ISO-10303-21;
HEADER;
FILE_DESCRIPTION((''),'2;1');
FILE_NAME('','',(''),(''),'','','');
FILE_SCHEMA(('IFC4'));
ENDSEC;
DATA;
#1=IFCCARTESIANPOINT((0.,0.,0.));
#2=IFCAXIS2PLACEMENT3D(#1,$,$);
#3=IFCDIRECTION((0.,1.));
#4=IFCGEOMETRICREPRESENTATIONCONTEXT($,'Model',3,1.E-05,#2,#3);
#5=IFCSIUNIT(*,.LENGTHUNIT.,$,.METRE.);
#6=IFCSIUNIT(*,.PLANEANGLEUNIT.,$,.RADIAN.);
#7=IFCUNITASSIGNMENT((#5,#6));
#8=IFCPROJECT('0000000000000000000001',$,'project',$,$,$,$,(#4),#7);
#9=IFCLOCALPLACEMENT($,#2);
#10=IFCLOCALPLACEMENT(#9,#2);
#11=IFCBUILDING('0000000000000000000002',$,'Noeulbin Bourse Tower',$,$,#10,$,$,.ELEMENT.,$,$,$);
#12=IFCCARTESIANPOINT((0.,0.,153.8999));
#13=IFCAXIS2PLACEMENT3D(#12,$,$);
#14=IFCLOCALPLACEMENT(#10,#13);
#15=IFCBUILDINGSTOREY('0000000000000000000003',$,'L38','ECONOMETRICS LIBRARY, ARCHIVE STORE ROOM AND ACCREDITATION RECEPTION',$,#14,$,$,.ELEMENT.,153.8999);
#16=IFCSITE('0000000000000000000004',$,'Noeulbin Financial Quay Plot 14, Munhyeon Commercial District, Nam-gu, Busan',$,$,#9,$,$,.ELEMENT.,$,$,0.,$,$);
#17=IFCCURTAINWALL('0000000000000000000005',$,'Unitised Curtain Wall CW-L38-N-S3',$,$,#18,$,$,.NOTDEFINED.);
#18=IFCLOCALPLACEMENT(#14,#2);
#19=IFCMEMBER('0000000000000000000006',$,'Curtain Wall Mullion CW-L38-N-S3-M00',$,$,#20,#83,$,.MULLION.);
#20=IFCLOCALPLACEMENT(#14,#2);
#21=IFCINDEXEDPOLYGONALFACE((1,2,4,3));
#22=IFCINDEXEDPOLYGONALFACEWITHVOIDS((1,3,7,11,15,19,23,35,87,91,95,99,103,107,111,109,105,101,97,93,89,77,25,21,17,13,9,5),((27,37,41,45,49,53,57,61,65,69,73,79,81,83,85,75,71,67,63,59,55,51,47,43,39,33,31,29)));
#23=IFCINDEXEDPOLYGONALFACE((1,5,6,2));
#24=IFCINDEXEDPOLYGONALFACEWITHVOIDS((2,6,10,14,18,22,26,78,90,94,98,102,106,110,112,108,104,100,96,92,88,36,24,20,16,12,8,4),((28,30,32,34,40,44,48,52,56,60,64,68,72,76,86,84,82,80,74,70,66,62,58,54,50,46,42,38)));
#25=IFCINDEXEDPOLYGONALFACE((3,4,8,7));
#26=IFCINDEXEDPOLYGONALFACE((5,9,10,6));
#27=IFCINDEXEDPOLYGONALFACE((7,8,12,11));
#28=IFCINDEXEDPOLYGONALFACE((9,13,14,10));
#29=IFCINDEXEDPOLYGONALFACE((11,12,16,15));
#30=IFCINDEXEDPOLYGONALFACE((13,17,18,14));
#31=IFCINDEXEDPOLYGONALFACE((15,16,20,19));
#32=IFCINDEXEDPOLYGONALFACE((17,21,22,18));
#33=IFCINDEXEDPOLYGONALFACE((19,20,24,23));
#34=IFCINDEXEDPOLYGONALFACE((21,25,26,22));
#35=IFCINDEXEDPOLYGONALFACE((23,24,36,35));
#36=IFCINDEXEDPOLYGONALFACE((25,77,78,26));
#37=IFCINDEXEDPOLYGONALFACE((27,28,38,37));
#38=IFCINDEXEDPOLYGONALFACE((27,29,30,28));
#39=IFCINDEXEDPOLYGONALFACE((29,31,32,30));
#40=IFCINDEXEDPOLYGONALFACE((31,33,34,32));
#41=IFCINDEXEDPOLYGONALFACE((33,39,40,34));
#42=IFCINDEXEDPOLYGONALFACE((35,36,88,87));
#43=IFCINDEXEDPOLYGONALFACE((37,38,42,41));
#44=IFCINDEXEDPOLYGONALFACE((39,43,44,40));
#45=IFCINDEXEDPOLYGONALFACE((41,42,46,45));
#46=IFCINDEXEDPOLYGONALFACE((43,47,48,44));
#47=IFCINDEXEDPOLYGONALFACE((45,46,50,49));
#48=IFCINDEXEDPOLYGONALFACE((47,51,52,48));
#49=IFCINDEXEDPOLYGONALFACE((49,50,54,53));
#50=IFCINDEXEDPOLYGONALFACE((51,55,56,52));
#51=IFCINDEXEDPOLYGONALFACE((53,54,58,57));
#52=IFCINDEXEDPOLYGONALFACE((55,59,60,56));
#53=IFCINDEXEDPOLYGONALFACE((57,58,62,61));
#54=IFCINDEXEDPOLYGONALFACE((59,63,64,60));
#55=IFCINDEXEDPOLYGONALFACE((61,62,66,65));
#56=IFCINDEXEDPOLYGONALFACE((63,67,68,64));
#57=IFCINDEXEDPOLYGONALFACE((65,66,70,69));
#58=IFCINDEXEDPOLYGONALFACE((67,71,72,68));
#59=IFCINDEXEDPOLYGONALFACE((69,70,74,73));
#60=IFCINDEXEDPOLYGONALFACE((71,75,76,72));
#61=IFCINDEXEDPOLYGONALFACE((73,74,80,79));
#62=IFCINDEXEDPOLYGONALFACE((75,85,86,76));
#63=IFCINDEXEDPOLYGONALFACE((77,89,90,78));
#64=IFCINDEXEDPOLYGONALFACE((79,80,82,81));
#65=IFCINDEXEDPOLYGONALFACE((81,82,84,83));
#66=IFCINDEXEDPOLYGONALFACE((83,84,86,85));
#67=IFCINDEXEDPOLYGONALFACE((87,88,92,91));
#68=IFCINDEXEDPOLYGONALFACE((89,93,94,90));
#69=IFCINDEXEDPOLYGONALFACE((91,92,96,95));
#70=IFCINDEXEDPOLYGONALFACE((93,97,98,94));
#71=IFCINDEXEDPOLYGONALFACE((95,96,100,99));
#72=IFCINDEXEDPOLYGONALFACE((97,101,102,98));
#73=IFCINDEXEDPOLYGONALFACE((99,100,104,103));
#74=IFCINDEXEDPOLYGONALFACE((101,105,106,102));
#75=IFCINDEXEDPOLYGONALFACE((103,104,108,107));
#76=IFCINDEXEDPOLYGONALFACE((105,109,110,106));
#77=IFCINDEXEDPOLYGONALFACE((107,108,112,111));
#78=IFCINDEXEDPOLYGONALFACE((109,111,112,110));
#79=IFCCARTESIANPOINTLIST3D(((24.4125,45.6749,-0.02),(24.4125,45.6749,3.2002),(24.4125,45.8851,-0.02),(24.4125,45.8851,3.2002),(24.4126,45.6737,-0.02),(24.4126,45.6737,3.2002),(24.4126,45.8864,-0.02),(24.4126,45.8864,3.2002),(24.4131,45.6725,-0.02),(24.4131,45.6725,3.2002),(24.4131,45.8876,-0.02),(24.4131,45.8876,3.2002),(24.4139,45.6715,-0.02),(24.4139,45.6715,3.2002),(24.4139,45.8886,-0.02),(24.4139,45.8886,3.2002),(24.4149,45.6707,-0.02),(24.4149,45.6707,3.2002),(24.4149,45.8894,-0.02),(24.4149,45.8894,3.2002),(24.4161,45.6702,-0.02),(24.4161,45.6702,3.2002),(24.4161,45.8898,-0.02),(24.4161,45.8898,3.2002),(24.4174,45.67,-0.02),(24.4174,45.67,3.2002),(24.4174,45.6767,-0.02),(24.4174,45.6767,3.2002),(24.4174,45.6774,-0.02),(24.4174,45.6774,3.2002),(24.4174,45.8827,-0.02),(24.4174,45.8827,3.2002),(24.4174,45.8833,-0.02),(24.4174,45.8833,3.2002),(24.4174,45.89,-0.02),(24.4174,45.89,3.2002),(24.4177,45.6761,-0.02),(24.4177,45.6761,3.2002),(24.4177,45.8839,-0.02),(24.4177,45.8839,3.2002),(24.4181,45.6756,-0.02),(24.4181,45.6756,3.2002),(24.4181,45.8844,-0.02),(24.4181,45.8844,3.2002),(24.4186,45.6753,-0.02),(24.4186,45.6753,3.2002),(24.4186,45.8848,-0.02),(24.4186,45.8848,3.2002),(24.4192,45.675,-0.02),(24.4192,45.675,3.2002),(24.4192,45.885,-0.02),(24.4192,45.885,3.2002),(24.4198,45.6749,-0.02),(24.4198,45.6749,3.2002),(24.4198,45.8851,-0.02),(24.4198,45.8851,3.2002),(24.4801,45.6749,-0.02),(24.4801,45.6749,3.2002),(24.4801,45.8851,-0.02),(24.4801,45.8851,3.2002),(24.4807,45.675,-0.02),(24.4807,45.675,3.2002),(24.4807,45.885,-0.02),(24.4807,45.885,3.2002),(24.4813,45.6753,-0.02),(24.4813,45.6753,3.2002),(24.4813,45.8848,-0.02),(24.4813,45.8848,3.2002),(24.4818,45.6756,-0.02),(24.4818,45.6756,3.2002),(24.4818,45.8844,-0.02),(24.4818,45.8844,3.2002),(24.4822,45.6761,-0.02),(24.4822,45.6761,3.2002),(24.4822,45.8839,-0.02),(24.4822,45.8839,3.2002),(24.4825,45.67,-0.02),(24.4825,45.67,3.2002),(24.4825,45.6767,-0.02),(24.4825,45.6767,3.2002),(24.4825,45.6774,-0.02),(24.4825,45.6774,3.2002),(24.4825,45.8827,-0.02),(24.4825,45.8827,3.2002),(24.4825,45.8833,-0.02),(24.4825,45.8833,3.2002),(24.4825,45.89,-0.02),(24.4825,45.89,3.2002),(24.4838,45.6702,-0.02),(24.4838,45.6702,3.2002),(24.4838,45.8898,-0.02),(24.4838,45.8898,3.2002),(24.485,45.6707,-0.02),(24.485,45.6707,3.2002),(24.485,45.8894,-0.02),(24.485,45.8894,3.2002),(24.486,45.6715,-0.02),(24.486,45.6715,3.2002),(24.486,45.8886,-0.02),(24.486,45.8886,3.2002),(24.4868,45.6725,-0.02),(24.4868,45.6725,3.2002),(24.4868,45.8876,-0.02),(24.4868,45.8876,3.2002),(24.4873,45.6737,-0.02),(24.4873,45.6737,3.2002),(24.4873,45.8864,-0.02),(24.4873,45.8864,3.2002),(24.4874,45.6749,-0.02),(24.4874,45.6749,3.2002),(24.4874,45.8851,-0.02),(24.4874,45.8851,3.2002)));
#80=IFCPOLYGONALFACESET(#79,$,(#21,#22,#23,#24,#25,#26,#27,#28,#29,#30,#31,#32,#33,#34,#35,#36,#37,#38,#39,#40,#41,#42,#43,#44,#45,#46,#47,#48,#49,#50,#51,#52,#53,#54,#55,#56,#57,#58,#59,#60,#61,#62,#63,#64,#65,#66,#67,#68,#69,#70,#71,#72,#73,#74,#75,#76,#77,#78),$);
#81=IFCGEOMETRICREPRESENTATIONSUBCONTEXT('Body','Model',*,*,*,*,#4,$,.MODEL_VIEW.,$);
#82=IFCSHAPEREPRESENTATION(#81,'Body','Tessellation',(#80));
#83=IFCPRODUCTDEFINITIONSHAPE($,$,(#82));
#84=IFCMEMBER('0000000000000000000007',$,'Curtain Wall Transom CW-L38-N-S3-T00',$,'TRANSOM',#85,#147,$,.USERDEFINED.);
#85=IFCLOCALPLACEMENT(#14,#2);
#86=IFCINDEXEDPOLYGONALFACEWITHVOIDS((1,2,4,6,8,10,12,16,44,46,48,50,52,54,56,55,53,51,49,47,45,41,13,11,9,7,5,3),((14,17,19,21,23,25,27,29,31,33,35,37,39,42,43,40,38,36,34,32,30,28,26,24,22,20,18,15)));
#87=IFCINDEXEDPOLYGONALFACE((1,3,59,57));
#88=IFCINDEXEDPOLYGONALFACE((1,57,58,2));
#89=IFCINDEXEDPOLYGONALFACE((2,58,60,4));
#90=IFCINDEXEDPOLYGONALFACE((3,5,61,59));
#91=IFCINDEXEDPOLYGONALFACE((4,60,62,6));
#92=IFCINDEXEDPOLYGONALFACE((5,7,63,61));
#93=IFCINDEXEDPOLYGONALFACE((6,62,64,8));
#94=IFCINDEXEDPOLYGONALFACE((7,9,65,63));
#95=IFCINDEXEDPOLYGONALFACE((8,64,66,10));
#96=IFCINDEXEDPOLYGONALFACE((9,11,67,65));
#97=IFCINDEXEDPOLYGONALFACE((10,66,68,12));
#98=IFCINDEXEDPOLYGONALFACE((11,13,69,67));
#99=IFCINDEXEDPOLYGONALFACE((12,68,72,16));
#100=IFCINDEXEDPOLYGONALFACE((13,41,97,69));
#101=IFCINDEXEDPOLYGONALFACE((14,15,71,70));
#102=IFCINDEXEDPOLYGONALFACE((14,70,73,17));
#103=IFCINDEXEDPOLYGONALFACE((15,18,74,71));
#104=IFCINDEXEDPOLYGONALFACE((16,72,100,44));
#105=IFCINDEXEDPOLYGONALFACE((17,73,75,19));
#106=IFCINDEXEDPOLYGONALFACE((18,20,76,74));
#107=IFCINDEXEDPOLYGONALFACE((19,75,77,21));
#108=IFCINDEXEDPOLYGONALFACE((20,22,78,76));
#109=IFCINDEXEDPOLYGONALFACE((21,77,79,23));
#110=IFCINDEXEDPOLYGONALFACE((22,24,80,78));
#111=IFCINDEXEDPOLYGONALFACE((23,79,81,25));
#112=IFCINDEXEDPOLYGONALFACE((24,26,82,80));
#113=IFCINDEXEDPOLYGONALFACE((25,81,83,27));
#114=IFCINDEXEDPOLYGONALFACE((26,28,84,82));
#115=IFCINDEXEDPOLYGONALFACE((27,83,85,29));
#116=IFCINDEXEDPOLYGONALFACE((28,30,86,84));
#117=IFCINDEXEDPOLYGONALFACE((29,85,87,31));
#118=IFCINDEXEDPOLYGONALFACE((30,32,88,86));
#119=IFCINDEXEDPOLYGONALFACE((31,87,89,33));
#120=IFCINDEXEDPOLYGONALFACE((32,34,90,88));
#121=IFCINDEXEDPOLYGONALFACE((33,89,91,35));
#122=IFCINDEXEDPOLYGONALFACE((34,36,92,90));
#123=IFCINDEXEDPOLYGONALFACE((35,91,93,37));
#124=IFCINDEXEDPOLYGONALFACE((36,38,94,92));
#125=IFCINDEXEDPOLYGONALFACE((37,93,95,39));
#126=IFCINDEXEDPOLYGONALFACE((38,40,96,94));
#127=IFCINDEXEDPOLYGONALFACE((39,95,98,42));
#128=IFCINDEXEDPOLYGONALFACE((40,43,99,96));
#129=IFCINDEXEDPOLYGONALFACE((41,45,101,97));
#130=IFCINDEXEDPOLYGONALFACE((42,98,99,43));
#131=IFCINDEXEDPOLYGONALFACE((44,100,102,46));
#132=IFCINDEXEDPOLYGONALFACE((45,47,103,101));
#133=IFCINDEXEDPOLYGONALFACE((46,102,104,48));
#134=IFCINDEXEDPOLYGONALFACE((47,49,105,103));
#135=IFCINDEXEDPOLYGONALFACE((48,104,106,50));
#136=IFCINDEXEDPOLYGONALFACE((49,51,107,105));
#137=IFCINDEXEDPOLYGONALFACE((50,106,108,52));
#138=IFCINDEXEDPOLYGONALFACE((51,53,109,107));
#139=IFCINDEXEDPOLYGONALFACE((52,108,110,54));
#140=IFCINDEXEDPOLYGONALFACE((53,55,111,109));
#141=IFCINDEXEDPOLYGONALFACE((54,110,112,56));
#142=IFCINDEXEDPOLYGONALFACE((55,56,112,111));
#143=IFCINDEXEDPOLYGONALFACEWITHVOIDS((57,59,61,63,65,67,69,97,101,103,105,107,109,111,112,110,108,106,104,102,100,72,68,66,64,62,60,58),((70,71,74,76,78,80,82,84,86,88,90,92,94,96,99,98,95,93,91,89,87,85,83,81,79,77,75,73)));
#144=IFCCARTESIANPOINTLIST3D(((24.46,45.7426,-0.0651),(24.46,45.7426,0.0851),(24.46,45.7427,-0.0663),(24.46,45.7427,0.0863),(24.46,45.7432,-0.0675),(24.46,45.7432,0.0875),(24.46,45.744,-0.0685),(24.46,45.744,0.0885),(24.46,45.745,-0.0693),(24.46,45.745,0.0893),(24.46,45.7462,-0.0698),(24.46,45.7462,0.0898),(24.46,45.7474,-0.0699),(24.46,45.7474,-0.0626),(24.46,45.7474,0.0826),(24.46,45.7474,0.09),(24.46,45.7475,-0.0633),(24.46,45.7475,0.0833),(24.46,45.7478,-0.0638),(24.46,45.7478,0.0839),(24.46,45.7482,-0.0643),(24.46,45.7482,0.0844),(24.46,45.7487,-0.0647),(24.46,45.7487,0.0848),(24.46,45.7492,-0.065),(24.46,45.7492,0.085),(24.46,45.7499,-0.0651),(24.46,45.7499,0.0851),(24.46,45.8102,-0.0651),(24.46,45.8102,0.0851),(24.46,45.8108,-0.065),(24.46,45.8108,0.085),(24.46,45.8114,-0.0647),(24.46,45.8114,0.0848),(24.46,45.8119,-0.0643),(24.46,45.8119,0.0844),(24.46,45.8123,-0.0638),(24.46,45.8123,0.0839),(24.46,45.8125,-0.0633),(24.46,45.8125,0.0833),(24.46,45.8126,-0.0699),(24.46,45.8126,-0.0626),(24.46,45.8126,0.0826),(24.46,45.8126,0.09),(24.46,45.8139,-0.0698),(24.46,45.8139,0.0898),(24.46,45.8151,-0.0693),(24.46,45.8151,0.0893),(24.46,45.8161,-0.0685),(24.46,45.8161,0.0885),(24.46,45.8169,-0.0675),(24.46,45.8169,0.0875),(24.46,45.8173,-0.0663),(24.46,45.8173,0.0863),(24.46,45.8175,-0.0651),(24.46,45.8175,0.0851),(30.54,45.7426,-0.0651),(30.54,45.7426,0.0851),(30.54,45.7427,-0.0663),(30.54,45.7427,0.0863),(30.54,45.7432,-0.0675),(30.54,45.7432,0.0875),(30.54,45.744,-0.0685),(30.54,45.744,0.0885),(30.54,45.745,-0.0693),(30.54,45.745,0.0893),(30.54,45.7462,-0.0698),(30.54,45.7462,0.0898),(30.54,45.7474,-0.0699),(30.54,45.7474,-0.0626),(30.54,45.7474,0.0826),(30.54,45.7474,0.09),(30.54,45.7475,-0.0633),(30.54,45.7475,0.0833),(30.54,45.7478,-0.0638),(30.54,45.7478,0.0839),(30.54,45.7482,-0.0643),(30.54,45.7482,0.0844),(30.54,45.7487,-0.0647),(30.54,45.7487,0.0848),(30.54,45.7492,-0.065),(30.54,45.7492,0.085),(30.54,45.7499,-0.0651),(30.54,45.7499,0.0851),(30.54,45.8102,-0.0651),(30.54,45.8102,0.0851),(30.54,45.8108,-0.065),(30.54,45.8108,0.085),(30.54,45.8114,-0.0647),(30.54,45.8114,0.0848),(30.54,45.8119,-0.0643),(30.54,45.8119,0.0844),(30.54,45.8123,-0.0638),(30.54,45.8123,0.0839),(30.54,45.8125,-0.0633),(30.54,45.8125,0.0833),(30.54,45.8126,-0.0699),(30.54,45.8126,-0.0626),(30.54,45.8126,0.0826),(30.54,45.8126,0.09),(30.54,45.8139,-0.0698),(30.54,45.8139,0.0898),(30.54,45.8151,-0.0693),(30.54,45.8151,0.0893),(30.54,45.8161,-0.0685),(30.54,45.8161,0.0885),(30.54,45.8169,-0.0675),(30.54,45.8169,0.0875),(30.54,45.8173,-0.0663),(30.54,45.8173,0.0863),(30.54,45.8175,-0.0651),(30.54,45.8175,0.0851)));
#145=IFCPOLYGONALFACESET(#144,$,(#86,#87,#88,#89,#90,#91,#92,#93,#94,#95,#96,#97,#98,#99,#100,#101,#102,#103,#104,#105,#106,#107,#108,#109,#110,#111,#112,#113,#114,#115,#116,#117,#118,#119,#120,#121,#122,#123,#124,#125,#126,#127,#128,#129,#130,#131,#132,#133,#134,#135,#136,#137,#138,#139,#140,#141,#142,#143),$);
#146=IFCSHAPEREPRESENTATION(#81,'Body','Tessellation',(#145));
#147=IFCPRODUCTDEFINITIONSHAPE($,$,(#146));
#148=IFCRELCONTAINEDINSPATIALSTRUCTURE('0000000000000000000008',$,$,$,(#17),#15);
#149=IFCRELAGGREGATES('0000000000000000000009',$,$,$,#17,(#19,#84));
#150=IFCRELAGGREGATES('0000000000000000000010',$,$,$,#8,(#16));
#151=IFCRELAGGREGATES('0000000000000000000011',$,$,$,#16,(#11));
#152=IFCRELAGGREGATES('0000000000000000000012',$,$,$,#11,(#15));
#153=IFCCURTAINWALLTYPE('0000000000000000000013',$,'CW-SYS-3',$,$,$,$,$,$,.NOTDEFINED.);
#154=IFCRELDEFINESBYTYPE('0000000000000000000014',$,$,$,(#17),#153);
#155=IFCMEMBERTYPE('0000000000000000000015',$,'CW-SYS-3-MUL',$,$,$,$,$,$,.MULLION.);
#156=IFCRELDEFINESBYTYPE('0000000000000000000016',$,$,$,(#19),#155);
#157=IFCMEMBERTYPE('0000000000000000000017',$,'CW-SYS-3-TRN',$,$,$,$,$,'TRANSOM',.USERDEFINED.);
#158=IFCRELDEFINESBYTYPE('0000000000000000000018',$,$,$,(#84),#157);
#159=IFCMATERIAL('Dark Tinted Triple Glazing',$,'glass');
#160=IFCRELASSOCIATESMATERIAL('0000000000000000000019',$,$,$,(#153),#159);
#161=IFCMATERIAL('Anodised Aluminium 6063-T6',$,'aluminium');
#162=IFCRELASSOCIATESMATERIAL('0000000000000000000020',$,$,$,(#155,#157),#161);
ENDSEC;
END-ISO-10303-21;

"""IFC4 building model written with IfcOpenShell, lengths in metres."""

from ifc_helpers import new_model, si_unit, direction, frame, origin, origin_2d, place, context, subcontext, project, spatial, hollow_rectangle, extrude, material, material_profile, profile_set, type_object, element, aggregate, save


model = new_model("IFC4")

# Units and contexts
model_context = context("Model", 3, precision=1e-05, world=origin(), true_north=direction((0.0, 1.0)))
body_context = subcontext(model_context, "Body", "Model", "MODEL_VIEW")
ifc_project = project(units=[si_unit("LENGTHUNIT", "METRE"), si_unit("PLANEANGLEUNIT", "RADIAN")], contexts=[model_context])

# Site, building, storey
site_placement = place(None, origin())
site = spatial("IfcSite", under=ifc_project, at=site_placement, Name="Noeulbin Financial Quay Plot 14, Munhyeon Commercial District, Nam-gu, Busan", CompositionType="ELEMENT", RefElevation=0.0)
building_placement = place(site_placement, origin())
building = spatial("IfcBuilding", under=site, at=building_placement, Name="Noeulbin Bourse Tower", CompositionType="ELEMENT")
storey_placement = place(building_placement, frame((0.0, 0.0, 153.8999)))
storey = spatial("IfcBuildingStorey", under=building, at=storey_placement, Name="L38", Description="ECONOMETRICS LIBRARY, ARCHIVE STORE ROOM AND ACCREDITATION RECEPTION", CompositionType="ELEMENT", Elevation=153.8999)

# Curtain wall, members
ifc_material_1 = material(Name="Dark Tinted Triple Glazing", Category="glass")
curtain_wall_type = type_object("IfcCurtainWallType", Name="CW-SYS-3", PredefinedType="NOTDEFINED", material=ifc_material_1)
ifc_material_2 = material(Name="Anodised Aluminium 6063-T6", Category="aluminium")
ifc_material_profile_1 = material_profile(ifc_material_2, hollow_rectangle(XDim=0.075, YDim=0.22, WallThickness=0.0049, InnerFilletRadius=0.0024, OuterFilletRadius=0.0049, at=origin_2d()), Name="ALU-MULL-75x220x5", Category="LoadBearing")
ifc_profile_set_1 = profile_set([ifc_material_profile_1], Name="Anodised Aluminium 6063-T6")
member_type_1 = type_object("IfcMemberType", Name="CW-SYS-3-MUL", PredefinedType="MULLION", material=ifc_profile_set_1)
curtain_wall_1_placement = place(storey_placement, origin())
curtain_wall_1 = element("IfcCurtainWall", 1, at=curtain_wall_1_placement, inside=storey, type_object=curtain_wall_type, Name="Unitised Curtain Wall CW-L38-N-S3", PredefinedType="NOTDEFINED")
member_1_placement = place(storey_placement, frame((24.45, 45.78, -0.02), z_axis=(0.0, 0.0, 1.0), x_axis=(1.0, 0.0, 0.0)))
member_1 = element("IfcMember", 2, at=member_1_placement, type_object=member_type_1, Name="Curtain Wall Mullion CW-L38-N-S3-M00", PredefinedType="MULLION", context=body_context, shape_type="SweptSolid", body=[
    extrude(hollow_rectangle(XDim=0.075, YDim=0.22, WallThickness=0.0049, InnerFilletRadius=0.0024, OuterFilletRadius=0.0049, at=origin_2d()), origin(), (0.0, 0.0, 1.0), 3.2202),
])
ifc_material_profile_2 = material_profile(ifc_material_2, hollow_rectangle(XDim=0.075, YDim=0.1599, WallThickness=0.0049, InnerFilletRadius=0.0024, OuterFilletRadius=0.0049, at=origin_2d()), Name="ALU-TRAN-75x160x5", Category="LoadBearing")
ifc_profile_set_2 = profile_set([ifc_material_profile_2], Name="Anodised Aluminium 6063-T6")
member_type_2 = type_object("IfcMemberType", Name="CW-SYS-3-TRN", ElementType="TRANSOM", PredefinedType="USERDEFINED", material=ifc_profile_set_2)
member_2_placement = place(storey_placement, frame((24.46, 45.78, 0.01), z_axis=(1.0, 0.0, 0.0), x_axis=(0.0, 1.0, 0.0)))
member_2 = element("IfcMember", 3, at=member_2_placement, type_object=member_type_2, Name="Curtain Wall Transom CW-L38-N-S3-T00", ObjectType="TRANSOM", PredefinedType="USERDEFINED", context=body_context, shape_type="SweptSolid", body=[
    extrude(hollow_rectangle(XDim=0.075, YDim=0.1599, WallThickness=0.0049, InnerFilletRadius=0.0024, OuterFilletRadius=0.0049, at=origin_2d()), origin(), (0.0, 0.0, 1.0), 6.0801),
])

aggregate(curtain_wall_1, [member_1, member_2])

save(model, "model.ifc")
